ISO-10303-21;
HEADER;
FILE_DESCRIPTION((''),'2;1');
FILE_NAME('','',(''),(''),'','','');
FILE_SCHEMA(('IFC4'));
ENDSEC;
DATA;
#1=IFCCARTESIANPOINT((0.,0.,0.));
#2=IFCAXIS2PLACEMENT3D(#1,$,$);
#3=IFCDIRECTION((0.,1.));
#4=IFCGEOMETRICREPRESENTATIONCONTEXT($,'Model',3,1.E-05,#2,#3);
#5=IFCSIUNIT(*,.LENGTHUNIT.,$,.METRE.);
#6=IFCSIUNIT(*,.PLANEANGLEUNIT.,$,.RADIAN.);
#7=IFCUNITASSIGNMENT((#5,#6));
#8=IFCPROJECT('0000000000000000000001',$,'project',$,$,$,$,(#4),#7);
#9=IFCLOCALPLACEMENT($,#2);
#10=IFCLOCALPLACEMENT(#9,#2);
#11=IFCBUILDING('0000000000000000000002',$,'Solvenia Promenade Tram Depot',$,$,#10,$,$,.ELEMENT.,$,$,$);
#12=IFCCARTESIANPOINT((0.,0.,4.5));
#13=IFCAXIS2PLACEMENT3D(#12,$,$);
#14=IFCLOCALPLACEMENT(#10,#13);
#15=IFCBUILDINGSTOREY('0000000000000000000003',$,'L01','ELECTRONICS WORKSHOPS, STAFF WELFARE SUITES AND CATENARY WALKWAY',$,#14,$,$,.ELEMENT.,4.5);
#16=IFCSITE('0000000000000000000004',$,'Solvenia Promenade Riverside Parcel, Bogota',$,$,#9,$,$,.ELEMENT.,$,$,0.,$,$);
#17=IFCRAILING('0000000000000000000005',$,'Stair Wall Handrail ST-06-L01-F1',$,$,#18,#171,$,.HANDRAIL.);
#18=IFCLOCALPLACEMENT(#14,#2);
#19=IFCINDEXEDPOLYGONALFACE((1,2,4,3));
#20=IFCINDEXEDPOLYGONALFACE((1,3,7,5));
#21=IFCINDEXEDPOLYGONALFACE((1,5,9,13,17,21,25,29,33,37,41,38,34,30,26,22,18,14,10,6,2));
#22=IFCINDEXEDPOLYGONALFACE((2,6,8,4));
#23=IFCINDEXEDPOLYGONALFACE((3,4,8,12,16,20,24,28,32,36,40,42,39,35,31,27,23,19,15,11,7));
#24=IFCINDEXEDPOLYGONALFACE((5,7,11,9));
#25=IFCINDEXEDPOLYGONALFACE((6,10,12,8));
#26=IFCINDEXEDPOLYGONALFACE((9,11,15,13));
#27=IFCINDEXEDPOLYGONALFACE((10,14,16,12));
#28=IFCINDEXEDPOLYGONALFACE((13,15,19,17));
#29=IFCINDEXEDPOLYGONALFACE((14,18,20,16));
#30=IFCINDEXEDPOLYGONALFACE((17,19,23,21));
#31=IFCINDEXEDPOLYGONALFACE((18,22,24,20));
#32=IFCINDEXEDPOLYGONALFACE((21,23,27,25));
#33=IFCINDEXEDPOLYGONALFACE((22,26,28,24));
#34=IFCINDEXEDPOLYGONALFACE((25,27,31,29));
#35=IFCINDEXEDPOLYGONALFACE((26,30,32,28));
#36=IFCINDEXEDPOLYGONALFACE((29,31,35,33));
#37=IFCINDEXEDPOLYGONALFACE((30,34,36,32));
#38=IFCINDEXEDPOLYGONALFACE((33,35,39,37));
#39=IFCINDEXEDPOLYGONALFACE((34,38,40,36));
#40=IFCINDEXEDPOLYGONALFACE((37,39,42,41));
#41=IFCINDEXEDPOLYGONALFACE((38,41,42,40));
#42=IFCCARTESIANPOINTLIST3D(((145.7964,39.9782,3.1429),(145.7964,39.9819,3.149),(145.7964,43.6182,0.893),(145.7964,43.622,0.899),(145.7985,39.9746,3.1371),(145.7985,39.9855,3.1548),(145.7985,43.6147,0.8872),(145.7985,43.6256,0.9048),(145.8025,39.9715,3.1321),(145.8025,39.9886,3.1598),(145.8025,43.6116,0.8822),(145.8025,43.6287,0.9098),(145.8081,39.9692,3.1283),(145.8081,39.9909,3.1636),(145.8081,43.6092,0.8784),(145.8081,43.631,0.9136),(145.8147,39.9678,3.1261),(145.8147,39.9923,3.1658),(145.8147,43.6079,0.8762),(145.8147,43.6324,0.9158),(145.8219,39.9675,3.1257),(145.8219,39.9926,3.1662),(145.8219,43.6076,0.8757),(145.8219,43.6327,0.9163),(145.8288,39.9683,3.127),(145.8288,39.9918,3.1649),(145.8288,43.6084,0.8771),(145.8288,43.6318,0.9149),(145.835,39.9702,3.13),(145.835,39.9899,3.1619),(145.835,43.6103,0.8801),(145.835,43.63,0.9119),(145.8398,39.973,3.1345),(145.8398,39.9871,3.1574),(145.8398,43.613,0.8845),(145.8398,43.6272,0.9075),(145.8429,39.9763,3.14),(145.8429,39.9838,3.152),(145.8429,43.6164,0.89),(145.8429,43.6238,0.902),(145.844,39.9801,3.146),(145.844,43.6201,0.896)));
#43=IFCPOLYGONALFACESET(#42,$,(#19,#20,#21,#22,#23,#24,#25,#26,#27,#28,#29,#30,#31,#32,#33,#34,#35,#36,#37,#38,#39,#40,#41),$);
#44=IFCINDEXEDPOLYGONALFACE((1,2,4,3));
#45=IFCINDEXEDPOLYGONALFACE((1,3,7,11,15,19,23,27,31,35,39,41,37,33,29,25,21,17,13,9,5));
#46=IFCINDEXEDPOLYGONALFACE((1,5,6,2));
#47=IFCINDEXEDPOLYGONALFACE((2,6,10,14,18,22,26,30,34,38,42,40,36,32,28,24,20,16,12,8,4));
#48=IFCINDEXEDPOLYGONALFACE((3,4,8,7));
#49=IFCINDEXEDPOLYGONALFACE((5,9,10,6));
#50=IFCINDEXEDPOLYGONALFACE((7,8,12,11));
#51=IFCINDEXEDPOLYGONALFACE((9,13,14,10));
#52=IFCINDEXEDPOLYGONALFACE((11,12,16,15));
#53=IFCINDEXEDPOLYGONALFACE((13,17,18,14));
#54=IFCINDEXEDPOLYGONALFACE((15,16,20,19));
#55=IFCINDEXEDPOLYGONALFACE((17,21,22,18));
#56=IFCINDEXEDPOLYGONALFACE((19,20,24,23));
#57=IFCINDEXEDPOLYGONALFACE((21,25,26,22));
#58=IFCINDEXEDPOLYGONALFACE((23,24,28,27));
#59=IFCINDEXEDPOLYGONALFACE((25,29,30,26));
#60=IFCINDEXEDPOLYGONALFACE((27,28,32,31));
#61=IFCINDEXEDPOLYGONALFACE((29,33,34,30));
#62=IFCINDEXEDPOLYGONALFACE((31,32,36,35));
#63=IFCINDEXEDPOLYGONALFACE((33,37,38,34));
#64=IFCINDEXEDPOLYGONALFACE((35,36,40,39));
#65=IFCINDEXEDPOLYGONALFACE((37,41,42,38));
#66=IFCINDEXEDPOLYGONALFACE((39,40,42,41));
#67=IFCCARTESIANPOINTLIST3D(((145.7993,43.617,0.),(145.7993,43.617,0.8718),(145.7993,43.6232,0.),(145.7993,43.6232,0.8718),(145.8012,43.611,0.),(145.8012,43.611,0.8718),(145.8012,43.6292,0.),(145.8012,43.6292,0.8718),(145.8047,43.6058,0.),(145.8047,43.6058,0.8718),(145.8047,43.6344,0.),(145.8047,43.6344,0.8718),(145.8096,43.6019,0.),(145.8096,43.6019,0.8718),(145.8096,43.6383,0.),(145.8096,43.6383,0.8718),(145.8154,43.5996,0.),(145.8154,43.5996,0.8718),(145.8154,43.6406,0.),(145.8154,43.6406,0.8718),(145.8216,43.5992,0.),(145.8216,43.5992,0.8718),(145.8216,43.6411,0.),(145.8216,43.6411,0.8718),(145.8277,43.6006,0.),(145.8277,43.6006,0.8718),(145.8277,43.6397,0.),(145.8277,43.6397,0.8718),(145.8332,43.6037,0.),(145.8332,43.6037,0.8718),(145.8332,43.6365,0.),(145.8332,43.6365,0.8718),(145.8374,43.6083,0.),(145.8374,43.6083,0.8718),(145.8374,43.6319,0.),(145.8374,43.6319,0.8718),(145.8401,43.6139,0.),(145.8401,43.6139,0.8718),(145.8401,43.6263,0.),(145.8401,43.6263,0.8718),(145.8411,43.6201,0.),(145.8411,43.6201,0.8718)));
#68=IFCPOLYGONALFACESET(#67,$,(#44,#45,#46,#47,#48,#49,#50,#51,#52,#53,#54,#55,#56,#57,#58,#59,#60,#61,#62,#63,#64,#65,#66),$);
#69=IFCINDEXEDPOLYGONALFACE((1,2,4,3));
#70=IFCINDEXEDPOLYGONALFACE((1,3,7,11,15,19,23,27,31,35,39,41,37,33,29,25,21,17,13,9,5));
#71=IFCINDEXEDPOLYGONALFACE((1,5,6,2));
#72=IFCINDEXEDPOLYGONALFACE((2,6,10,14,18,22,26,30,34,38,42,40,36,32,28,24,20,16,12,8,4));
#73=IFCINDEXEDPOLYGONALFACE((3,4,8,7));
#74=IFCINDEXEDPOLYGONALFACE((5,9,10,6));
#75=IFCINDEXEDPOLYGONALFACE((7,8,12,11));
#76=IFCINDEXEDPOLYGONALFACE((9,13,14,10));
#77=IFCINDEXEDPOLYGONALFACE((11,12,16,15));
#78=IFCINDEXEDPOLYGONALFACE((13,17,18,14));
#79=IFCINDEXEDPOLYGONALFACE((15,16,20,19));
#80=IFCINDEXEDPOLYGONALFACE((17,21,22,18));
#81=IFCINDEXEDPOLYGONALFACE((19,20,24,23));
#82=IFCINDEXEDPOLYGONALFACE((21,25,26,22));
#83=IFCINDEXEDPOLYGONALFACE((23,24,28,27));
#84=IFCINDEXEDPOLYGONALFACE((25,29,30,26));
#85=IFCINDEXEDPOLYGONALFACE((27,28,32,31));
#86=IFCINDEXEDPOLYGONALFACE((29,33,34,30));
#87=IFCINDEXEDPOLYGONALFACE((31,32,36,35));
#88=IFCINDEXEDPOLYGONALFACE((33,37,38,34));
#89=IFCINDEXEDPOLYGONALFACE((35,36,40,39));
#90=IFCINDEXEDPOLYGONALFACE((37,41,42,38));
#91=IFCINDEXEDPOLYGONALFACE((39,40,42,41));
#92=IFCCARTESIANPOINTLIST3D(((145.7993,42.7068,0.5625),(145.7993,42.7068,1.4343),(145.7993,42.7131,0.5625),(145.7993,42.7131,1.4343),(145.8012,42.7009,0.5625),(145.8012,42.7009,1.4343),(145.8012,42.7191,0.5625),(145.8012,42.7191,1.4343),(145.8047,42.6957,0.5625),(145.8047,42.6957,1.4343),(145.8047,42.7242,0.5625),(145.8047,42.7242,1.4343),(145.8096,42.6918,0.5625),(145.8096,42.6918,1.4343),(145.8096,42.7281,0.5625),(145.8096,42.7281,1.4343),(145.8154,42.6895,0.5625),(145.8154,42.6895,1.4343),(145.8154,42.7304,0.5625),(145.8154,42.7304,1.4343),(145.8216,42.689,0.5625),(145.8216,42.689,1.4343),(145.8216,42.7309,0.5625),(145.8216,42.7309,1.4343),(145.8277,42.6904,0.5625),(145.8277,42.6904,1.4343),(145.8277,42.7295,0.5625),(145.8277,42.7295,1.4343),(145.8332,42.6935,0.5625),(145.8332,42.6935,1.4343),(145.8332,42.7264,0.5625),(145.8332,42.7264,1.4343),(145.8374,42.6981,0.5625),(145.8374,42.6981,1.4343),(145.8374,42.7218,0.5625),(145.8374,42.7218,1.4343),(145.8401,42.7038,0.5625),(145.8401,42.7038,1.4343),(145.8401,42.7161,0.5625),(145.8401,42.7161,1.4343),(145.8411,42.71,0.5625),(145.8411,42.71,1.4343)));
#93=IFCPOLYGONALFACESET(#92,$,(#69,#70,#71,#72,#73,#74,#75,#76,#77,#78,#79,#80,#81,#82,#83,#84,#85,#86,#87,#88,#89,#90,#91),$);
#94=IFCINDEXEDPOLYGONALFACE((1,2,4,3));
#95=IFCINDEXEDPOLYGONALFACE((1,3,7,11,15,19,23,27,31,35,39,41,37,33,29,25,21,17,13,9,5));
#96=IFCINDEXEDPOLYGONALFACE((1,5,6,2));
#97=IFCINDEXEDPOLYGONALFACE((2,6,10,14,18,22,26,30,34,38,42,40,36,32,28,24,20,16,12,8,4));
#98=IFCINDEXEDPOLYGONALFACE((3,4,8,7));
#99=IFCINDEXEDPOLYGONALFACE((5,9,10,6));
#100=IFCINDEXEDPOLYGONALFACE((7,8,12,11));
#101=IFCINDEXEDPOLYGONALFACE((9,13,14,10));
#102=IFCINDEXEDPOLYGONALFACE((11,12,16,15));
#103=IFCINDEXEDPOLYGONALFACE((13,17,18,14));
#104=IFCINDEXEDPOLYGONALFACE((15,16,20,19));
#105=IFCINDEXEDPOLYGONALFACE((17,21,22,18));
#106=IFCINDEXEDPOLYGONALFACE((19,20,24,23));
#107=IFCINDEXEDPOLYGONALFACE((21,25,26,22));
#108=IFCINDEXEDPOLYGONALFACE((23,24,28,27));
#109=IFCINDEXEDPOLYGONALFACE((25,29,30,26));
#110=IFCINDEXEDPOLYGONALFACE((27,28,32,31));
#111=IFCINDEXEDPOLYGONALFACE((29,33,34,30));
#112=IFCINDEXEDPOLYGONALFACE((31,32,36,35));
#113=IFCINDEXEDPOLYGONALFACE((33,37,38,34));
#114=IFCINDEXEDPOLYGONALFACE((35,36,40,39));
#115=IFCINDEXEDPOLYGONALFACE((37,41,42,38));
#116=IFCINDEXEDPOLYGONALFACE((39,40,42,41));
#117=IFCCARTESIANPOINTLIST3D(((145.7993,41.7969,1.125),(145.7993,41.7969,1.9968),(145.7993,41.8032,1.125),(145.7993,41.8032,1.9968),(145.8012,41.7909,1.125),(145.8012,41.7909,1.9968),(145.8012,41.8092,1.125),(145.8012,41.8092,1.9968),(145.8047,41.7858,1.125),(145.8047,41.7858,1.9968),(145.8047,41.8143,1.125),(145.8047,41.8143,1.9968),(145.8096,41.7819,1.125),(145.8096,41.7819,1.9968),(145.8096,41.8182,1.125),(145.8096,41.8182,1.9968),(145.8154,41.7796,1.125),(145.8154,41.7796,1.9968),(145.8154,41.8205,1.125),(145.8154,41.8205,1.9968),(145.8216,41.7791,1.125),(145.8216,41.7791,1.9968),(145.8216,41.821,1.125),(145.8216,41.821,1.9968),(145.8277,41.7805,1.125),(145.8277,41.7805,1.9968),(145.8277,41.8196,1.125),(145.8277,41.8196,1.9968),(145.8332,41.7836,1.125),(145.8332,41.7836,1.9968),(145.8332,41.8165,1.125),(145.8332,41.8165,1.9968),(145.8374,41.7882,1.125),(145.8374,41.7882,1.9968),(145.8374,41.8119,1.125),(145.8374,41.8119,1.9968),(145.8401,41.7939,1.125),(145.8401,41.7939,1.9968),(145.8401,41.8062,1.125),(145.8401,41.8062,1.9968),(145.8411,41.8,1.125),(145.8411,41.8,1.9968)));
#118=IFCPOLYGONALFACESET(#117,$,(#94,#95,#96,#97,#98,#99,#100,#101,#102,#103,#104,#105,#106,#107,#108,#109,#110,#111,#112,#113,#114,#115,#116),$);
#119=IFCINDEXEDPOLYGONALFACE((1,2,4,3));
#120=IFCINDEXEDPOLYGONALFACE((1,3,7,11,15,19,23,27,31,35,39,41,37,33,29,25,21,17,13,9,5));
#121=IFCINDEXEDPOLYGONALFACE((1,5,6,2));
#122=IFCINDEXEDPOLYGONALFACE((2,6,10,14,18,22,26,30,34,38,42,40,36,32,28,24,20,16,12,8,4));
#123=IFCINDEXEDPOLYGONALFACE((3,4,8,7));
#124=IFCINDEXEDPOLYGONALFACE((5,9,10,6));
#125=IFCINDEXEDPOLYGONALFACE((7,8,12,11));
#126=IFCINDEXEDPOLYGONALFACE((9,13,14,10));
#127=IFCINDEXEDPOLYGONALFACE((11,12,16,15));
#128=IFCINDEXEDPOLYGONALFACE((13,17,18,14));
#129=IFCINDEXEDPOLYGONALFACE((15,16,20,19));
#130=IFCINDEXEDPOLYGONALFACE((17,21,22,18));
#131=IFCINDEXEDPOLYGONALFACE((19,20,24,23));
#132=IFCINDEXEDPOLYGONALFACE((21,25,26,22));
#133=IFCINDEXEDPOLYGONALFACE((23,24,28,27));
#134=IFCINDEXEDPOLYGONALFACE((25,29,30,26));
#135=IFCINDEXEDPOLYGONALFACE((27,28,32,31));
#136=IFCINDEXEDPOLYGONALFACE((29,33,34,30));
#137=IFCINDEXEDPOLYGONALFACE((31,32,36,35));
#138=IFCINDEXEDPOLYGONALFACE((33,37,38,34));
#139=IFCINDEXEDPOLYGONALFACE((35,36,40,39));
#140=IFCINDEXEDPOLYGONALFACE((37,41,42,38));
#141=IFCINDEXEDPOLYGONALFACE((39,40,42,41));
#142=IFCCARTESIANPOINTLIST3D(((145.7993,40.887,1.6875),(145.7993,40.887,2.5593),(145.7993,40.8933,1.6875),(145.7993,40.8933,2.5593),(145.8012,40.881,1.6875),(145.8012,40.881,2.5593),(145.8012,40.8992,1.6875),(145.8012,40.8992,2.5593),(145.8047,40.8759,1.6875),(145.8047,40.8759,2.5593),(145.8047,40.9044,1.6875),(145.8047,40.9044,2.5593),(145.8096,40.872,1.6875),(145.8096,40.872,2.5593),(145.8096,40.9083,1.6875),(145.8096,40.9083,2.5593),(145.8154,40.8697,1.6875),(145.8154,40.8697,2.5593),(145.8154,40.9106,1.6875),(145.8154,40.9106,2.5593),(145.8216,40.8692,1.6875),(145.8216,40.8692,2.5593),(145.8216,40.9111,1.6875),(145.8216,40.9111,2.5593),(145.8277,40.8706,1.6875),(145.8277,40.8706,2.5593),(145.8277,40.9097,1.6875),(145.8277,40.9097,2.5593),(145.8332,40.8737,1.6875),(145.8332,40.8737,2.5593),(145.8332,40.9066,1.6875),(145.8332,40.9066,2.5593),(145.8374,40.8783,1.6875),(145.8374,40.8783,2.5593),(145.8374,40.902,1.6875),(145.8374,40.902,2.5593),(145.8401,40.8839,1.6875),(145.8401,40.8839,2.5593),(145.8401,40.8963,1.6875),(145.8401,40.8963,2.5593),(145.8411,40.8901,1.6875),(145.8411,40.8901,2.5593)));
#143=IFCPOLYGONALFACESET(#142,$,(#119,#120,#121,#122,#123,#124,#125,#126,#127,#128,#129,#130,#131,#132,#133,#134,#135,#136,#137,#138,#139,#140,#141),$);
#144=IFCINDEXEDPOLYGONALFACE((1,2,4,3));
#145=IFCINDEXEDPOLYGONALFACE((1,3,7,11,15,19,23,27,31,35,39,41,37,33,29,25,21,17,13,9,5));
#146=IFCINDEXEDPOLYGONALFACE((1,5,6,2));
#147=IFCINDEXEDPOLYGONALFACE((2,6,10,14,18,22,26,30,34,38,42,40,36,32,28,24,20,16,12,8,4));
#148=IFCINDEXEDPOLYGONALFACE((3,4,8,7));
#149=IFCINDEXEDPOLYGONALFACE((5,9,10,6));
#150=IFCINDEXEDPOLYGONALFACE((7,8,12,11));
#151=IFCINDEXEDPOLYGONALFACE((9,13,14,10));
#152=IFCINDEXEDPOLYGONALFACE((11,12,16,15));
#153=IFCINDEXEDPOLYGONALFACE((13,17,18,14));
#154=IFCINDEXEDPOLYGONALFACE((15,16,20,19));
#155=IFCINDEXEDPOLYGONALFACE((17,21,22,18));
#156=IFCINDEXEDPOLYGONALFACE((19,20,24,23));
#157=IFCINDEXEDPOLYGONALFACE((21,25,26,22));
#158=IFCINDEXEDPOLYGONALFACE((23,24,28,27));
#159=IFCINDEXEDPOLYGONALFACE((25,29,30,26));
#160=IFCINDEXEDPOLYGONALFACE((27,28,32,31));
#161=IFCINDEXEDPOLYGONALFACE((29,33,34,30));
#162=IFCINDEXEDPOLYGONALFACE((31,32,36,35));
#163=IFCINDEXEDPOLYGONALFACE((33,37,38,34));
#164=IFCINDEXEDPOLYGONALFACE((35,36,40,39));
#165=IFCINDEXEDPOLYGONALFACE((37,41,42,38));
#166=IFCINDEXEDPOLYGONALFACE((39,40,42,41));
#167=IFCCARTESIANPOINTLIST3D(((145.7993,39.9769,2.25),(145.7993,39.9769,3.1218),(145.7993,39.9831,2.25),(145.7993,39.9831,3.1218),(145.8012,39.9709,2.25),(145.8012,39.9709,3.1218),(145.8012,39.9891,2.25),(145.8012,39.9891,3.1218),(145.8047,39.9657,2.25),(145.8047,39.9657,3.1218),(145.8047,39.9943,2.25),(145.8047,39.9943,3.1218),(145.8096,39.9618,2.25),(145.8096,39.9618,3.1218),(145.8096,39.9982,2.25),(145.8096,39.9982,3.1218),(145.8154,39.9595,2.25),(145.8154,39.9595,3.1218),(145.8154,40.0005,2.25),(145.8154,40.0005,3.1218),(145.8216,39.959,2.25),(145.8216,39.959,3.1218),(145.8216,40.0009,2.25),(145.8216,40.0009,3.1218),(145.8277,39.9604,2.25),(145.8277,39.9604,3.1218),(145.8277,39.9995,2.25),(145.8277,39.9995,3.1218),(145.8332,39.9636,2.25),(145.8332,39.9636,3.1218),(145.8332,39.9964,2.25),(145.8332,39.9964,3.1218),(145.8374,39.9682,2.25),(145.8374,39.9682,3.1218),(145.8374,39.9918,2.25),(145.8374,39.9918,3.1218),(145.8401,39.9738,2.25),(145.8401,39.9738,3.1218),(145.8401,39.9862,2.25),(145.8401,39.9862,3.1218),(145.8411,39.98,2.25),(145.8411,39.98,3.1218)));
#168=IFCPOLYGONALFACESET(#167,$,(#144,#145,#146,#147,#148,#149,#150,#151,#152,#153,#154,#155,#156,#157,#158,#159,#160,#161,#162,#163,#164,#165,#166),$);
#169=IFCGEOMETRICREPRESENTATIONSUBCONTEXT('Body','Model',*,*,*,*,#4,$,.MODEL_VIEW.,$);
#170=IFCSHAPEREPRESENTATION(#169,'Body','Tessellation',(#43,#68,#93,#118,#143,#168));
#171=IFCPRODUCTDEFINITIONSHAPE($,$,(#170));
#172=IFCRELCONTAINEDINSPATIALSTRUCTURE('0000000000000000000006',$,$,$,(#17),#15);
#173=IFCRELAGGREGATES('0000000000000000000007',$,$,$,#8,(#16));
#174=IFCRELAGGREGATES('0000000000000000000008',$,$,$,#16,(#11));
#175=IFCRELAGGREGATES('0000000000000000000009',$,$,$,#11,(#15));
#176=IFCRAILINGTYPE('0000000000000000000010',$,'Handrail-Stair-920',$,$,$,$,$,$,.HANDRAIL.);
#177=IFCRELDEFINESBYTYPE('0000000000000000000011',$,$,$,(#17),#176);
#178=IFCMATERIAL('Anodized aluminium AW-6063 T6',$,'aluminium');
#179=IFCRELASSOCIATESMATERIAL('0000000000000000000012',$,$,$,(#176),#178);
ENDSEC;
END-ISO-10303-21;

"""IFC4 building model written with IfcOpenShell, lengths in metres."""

from ifc_helpers import new_model, si_unit, direction, frame, origin, origin_2d, place, context, subcontext, project, spatial, circle, extrude, material, type_object, element, save


model = new_model("IFC4")

# Units and contexts
model_context = context("Model", 3, precision=1e-05, world=origin(), true_north=direction((0.0, 1.0)))
body_context = subcontext(model_context, "Body", "Model", "MODEL_VIEW")
ifc_project = project(units=[si_unit("LENGTHUNIT", "METRE"), si_unit("PLANEANGLEUNIT", "RADIAN")], contexts=[model_context])

# Site, building, storey
site_placement = place(None, origin())
site = spatial("IfcSite", under=ifc_project, at=site_placement, Name="Solvenia Promenade Riverside Parcel, Bogota", CompositionType="ELEMENT", RefElevation=0.0)
building_placement = place(site_placement, origin())
building = spatial("IfcBuilding", under=site, at=building_placement, Name="Solvenia Promenade Tram Depot", CompositionType="ELEMENT")
storey_placement = place(building_placement, frame((0.0, 0.0, 4.5)))
storey = spatial("IfcBuildingStorey", under=building, at=storey_placement, Name="L01", Description="ELECTRONICS WORKSHOPS, STAFF WELFARE SUITES AND CATENARY WALKWAY", CompositionType="ELEMENT", Elevation=4.5)

# Railing
ifc_material_1 = material(Name="Anodized aluminium AW-6063 T6", Category="aluminium")
railing_type_1 = type_object("IfcRailingType", Name="Handrail-Stair-920", PredefinedType="HANDRAIL", material=ifc_material_1)
railing_1_placement = place(storey_placement, frame((145.8201, 43.6201, 0.0)))
element("IfcRailing", 1, at=railing_1_placement, inside=storey, type_object=railing_type_1, Name="Stair Wall Handrail ST-06-L01-F1", PredefinedType="HANDRAIL", context=body_context, shape_type="SweptSolid", body=[
    extrude(circle(Radius=0.0239, at=origin_2d()), frame((0.0, 0.0, 0.896), z_axis=(0.0, -0.850622, 0.525777), x_axis=(1.0, 0.0, 0.0)), (0.0, 0.0, 1.0), 4.2793),
    extrude(circle(Radius=0.021, at=origin_2d()), origin(), (0.0, 0.0, 1.0), 0.8718),
    extrude(circle(Radius=0.021, at=origin_2d()), frame((0.0, -0.9102, 0.5625)), (0.0, 0.0, 1.0), 0.8718),
    extrude(circle(Radius=0.021, at=origin_2d()), frame((0.0, -1.8201, 1.125)), (0.0, 0.0, 1.0), 0.8718),
    extrude(circle(Radius=0.021, at=origin_2d()), frame((0.0, -2.73, 1.6875)), (0.0, 0.0, 1.0), 0.8718),
    extrude(circle(Radius=0.021, at=origin_2d()), frame((0.0, -3.6401, 2.25)), (0.0, 0.0, 1.0), 0.8718),
])

save(model, "model.ifc")
